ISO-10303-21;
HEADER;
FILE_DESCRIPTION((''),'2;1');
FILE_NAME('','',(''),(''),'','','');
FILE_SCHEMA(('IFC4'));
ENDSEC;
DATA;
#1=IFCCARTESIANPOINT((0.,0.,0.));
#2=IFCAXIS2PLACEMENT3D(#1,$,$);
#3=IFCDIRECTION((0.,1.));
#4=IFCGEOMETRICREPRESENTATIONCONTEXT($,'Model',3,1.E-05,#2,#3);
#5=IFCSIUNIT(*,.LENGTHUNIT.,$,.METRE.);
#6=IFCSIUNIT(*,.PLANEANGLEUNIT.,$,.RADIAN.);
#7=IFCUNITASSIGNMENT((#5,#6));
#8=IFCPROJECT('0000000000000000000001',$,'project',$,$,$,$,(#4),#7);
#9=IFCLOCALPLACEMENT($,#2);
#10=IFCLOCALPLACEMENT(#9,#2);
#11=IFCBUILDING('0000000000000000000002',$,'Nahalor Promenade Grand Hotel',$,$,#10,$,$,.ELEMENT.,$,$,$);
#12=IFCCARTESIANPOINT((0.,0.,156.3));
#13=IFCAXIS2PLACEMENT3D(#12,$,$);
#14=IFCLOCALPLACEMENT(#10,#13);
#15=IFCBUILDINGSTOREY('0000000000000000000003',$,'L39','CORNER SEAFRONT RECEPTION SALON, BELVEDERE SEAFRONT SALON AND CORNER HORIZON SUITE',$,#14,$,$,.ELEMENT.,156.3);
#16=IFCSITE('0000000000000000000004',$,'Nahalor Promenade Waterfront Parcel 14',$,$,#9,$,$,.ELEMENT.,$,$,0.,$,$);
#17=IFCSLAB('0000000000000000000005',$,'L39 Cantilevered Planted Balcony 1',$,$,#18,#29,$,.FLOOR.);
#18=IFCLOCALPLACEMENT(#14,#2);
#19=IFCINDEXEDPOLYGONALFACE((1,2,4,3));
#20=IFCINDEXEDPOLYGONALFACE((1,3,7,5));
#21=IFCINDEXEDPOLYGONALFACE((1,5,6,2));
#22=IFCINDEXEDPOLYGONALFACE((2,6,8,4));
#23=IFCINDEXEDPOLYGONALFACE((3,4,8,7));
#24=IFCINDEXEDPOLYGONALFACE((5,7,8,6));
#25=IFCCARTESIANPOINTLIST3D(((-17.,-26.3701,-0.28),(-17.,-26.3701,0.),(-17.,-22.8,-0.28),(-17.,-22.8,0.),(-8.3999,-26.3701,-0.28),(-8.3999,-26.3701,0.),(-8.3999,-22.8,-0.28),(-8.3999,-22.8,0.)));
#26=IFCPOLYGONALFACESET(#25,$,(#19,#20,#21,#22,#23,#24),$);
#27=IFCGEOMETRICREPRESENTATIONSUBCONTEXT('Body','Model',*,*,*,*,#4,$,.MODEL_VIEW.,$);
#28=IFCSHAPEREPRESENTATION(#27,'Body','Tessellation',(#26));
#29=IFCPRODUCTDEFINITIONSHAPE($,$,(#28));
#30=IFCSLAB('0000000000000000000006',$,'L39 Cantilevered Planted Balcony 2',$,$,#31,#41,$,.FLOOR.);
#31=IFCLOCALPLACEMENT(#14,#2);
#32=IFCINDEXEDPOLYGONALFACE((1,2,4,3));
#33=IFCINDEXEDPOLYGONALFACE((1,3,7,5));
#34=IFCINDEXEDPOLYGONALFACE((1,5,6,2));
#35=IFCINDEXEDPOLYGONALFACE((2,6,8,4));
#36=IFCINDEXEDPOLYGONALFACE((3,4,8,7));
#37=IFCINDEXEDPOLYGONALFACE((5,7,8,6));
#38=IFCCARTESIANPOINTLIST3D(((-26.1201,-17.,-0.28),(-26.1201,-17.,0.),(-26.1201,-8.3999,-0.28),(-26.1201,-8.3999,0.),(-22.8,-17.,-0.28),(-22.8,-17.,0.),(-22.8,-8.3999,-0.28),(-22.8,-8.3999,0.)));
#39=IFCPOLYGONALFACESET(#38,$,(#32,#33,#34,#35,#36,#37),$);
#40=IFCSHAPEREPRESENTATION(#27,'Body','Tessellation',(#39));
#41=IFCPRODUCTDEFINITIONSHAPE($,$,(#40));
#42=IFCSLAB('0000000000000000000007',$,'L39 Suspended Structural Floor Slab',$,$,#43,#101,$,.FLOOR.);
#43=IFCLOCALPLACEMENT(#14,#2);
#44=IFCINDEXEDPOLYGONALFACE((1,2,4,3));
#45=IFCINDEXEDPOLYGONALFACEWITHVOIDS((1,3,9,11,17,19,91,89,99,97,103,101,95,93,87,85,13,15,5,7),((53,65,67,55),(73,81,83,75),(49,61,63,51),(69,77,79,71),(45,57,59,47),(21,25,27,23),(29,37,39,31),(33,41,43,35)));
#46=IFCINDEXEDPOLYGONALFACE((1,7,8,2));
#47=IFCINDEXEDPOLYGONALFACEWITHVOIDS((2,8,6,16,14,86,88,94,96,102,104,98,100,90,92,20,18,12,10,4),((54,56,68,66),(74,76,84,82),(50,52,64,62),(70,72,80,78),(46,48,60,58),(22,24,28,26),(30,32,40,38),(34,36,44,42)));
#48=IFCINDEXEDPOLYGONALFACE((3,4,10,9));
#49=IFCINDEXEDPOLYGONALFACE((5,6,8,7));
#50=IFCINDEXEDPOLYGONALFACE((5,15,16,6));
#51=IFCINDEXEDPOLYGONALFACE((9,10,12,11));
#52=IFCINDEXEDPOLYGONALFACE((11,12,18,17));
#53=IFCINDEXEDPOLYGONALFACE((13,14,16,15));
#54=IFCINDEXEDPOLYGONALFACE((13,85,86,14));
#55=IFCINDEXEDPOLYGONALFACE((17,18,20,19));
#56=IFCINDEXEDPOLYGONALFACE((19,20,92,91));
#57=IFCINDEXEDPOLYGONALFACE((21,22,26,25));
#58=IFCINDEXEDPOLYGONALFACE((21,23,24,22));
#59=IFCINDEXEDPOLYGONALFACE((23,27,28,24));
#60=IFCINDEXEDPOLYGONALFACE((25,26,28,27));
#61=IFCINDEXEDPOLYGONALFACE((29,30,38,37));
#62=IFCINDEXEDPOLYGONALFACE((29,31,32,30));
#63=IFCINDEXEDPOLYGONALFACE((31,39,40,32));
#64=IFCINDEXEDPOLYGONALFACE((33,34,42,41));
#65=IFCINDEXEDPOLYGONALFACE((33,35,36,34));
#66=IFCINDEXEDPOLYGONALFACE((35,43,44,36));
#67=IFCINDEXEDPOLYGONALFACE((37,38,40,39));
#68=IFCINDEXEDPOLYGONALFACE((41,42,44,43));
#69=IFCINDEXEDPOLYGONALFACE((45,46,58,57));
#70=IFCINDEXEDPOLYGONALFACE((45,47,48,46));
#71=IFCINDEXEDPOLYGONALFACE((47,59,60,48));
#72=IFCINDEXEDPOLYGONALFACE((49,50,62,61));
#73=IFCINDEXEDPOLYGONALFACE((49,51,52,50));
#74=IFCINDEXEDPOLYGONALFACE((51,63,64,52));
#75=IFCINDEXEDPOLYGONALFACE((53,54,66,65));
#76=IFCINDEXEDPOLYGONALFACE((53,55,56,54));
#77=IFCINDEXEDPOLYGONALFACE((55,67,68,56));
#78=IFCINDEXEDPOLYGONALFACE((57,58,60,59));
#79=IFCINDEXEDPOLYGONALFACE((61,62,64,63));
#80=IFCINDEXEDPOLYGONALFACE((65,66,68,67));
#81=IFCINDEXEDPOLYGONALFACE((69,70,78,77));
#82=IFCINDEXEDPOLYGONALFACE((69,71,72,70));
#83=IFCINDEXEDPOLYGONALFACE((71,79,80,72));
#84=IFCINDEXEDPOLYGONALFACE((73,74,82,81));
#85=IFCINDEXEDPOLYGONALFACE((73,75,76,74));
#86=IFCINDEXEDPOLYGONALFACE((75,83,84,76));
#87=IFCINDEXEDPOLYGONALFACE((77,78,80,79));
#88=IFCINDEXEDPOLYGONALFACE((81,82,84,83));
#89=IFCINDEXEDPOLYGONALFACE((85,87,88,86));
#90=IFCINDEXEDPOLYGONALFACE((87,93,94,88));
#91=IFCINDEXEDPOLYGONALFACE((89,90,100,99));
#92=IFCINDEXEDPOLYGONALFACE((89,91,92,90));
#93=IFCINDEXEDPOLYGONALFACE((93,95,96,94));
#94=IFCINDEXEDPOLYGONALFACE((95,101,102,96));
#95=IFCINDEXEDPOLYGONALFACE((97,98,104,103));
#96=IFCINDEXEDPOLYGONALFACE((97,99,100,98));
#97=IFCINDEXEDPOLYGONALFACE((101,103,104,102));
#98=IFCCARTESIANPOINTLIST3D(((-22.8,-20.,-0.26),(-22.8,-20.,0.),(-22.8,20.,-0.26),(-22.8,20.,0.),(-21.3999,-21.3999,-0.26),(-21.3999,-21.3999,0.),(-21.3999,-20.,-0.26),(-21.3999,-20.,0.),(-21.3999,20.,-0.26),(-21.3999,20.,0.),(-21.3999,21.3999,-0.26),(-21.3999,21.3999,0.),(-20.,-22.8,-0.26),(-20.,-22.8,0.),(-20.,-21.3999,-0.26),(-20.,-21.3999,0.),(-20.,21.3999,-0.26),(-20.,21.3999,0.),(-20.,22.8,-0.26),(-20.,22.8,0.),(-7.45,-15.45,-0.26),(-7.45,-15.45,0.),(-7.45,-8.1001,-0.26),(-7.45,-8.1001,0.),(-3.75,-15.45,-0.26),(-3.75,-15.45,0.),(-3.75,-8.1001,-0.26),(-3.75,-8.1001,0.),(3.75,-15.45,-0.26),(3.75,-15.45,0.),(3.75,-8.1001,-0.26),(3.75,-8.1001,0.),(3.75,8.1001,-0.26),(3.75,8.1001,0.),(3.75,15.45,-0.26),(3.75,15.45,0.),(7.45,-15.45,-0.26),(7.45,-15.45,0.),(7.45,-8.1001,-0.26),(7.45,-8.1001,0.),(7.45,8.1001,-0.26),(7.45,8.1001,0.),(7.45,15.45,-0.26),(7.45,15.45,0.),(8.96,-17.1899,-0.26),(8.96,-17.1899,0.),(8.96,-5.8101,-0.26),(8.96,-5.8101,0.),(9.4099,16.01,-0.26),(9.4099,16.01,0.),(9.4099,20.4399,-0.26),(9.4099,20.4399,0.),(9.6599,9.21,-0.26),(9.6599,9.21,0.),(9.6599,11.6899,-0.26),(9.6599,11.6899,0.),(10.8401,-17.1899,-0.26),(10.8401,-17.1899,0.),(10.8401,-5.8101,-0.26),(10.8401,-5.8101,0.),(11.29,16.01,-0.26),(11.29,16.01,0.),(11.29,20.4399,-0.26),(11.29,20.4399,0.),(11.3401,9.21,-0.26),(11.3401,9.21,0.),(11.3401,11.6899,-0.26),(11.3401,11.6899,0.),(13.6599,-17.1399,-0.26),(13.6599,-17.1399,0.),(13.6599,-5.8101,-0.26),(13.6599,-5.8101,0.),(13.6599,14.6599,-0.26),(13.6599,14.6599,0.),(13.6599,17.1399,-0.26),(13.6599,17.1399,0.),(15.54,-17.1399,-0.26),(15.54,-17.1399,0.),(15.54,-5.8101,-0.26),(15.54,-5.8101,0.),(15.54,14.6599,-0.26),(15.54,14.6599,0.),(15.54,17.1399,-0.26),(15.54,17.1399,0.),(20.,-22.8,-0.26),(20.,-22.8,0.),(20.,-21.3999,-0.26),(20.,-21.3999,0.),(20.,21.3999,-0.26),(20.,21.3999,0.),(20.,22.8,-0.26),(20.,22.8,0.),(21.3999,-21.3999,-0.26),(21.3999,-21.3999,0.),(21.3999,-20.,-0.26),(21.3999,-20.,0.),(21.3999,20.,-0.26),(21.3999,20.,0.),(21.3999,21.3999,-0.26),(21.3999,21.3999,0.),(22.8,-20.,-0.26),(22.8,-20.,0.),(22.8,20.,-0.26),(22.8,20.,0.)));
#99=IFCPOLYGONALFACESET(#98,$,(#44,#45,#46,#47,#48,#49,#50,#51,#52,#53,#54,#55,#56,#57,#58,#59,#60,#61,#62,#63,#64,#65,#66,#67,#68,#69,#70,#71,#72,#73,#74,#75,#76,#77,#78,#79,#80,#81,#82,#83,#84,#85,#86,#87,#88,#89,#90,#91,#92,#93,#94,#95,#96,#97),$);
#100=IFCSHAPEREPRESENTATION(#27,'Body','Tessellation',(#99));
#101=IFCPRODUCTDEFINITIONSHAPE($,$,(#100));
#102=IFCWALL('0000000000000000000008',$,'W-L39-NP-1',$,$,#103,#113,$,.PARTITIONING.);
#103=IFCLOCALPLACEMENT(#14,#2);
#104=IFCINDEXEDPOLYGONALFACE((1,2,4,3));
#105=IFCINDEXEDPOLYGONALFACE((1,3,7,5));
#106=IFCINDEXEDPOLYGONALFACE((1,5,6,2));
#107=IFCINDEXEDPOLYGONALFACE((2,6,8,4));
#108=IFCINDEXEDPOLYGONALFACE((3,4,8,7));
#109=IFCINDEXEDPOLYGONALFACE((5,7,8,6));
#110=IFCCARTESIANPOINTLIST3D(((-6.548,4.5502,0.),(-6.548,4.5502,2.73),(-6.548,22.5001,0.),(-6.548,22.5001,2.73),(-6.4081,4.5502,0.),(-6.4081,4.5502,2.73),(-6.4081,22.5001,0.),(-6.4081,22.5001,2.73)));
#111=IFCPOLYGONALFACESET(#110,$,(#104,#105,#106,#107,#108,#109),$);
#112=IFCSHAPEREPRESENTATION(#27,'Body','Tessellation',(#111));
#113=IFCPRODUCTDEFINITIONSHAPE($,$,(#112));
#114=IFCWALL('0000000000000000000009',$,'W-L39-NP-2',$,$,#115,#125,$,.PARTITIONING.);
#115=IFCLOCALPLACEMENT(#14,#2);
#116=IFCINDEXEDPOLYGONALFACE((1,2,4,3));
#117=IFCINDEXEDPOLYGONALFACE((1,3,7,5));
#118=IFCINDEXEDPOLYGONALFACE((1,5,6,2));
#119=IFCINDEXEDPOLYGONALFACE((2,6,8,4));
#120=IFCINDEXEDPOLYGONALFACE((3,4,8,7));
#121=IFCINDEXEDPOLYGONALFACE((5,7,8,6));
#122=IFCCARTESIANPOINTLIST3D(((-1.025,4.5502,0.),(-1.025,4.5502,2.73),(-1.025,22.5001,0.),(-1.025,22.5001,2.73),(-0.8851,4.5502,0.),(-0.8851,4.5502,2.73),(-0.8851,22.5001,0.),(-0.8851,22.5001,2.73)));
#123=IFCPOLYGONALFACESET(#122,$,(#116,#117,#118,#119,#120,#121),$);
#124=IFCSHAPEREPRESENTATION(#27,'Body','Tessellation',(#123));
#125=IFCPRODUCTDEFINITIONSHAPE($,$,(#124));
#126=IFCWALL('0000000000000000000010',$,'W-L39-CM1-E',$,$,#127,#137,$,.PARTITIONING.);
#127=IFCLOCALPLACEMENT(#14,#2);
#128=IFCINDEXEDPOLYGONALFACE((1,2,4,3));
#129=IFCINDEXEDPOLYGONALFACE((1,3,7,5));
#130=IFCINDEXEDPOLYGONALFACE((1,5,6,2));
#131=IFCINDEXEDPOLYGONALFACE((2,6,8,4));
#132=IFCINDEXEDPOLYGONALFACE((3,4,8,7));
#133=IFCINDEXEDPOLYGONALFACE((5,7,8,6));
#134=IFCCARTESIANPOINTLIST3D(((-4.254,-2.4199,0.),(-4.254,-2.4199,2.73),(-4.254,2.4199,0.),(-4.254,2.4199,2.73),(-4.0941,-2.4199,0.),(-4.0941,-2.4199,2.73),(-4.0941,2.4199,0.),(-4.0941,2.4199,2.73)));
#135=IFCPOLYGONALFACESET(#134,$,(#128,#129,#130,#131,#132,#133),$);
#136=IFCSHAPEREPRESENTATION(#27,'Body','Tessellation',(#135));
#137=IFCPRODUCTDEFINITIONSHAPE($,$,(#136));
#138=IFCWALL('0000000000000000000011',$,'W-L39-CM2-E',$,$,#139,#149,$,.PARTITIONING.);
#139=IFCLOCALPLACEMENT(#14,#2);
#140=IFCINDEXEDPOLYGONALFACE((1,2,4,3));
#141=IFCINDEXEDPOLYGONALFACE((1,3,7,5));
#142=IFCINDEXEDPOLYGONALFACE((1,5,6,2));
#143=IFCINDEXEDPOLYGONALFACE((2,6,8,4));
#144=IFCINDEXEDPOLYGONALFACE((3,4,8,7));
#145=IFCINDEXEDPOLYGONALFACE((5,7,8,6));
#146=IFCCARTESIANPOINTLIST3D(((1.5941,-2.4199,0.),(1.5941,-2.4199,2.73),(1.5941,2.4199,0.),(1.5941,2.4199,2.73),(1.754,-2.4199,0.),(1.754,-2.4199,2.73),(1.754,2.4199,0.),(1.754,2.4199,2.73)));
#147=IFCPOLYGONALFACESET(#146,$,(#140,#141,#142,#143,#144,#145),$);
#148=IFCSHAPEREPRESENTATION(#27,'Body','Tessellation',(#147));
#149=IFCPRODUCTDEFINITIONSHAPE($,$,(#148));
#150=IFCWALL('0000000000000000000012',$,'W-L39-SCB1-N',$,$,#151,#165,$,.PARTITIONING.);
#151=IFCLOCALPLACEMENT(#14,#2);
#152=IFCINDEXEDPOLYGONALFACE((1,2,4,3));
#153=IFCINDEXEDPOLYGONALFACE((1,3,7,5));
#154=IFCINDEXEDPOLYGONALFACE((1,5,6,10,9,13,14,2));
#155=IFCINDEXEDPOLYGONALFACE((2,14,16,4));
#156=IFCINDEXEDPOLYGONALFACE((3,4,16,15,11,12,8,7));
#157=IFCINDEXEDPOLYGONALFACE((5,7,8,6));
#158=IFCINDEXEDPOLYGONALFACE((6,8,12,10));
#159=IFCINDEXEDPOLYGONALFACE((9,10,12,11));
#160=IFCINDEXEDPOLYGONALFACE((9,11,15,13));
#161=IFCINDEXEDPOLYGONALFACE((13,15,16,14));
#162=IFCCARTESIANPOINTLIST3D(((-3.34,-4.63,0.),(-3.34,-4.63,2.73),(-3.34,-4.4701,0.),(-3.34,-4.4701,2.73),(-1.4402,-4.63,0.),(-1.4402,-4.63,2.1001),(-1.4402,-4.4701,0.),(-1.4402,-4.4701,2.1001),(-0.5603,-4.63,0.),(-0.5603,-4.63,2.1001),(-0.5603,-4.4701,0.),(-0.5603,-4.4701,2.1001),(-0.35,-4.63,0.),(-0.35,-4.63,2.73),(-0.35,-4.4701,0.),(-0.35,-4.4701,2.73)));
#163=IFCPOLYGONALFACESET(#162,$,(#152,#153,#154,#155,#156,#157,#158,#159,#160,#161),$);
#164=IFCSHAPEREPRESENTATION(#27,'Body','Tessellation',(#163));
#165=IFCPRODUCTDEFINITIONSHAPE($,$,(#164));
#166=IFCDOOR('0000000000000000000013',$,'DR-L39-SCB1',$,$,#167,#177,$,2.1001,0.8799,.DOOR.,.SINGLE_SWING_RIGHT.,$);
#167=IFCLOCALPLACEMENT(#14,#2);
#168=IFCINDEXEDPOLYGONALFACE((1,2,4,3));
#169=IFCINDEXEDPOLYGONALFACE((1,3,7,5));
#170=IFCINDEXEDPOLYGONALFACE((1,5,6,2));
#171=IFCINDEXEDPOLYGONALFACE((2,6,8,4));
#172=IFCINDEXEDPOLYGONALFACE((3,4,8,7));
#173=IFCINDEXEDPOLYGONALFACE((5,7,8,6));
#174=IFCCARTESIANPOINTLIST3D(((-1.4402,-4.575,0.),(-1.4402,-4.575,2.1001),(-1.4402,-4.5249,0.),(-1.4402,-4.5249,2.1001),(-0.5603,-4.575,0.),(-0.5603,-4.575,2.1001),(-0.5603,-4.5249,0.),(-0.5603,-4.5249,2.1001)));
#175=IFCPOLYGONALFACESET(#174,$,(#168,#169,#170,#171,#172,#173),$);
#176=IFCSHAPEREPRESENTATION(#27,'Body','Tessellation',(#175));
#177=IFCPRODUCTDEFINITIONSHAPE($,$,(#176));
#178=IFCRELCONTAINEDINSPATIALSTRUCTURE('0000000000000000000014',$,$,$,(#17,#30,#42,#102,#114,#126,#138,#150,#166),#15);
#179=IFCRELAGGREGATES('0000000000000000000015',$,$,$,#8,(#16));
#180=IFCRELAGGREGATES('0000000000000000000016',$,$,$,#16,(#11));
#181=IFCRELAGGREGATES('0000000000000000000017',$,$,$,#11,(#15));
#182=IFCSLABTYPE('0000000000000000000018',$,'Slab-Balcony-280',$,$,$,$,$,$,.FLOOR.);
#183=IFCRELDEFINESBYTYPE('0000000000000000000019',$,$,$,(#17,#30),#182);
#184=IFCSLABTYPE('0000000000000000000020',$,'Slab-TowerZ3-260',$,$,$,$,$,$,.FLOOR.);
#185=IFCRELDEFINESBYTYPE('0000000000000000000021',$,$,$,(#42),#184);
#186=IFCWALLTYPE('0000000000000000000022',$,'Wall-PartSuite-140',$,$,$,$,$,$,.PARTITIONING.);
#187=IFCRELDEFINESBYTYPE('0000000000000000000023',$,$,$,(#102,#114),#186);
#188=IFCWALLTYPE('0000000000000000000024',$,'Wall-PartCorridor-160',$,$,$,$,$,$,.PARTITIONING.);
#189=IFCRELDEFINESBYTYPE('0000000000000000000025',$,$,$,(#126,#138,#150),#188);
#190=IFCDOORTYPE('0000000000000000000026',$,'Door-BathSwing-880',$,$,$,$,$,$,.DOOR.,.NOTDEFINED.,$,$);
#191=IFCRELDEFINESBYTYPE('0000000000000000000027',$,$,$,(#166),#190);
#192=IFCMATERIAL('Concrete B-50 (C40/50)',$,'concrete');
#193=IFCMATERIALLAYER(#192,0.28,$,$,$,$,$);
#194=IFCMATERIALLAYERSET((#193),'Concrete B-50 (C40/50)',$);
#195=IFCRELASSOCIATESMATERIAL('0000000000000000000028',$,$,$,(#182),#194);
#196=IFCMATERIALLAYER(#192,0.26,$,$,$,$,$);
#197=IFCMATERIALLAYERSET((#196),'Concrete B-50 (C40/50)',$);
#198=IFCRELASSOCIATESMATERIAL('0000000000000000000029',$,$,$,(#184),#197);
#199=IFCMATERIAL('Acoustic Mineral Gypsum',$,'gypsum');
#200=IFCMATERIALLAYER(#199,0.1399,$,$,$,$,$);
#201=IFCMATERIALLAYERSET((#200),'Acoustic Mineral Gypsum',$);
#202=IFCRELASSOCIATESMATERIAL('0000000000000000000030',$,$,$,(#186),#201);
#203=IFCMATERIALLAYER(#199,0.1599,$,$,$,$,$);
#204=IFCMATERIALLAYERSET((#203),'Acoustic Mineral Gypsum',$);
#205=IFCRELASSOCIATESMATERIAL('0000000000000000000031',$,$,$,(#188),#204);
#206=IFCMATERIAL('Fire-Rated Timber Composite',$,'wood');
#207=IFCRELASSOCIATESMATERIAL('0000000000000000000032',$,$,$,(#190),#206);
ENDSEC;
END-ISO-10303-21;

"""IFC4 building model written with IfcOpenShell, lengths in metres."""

from ifc_helpers import new_model, si_unit, direction, frame, frame_2d, origin, place, context, subcontext, project, spatial, polyline, rectangle, outline, extrude, source, transform, mapped, material, layer, layer_set, type_object, element, fill, save


model = new_model("IFC4")

# Units and contexts
model_context = context("Model", 3, precision=1e-05, world=origin(), true_north=direction((0.0, 1.0)))
body_context = subcontext(model_context, "Body", "Model", "MODEL_VIEW")
ifc_project = project(units=[si_unit("LENGTHUNIT", "METRE"), si_unit("PLANEANGLEUNIT", "RADIAN")], contexts=[model_context])

# Site, building, storey
site_placement = place(None, origin())
site = spatial("IfcSite", under=ifc_project, at=site_placement, Name="Nahalor Promenade Waterfront Parcel 14", CompositionType="ELEMENT", RefElevation=0.0)
building_placement = place(site_placement, origin())
building = spatial("IfcBuilding", under=site, at=building_placement, Name="Nahalor Promenade Grand Hotel", CompositionType="ELEMENT")
storey_placement = place(building_placement, frame((0.0, 0.0, 156.3)))
storey = spatial("IfcBuildingStorey", under=building, at=storey_placement, Name="L39", Description="CORNER SEAFRONT RECEPTION SALON, BELVEDERE SEAFRONT SALON AND CORNER HORIZON SUITE", CompositionType="ELEMENT", Elevation=156.3)

# Shared definitions
ifc_material_1 = material(Name="Concrete B-50 (C40/50)", Category="concrete")

# Slabs
ifc_layer_1 = layer(ifc_material_1, 0.28)
ifc_layer_set_1 = layer_set([ifc_layer_1], Name="Concrete B-50 (C40/50)")
slab_type_1 = type_object("IfcSlabType", Name="Slab-Balcony-280", PredefinedType="FLOOR", material=ifc_layer_set_1)
slab_1_placement = place(storey_placement, frame((0.0, 0.0, -0.28)))
element("IfcSlab", 1, at=slab_1_placement, inside=storey, type_object=slab_type_1, Name="L39 Cantilevered Planted Balcony 1", PredefinedType="FLOOR", context=body_context, shape_type="SweptSolid", body=[
    extrude(outline(polyline([(-17.0, -26.3701), (-8.3999, -26.3701), (-8.3999, -22.8), (-17.0, -22.8), (-17.0, -26.3701)])), origin(), (0.0, 0.0, 1.0), 0.28),
])
slab_2_placement = place(storey_placement, frame((0.0, 0.0, -0.28)))
element("IfcSlab", 2, at=slab_2_placement, inside=storey, type_object=slab_type_1, Name="L39 Cantilevered Planted Balcony 2", PredefinedType="FLOOR", context=body_context, shape_type="SweptSolid", body=[
    extrude(outline(polyline([(-26.1201, -17.0), (-22.8, -17.0), (-22.8, -8.3999), (-26.1201, -8.3999), (-26.1201, -17.0)])), origin(), (0.0, 0.0, 1.0), 0.28),
])
ifc_layer_2 = layer(ifc_material_1, 0.26)
ifc_layer_set_2 = layer_set([ifc_layer_2], Name="Concrete B-50 (C40/50)")
slab_type_2 = type_object("IfcSlabType", Name="Slab-TowerZ3-260", PredefinedType="FLOOR", material=ifc_layer_set_2)
slab_3_placement = place(storey_placement, frame((0.0, 0.0, -0.26)))
element("IfcSlab", 3, at=slab_3_placement, inside=storey, type_object=slab_type_2, Name="L39 Suspended Structural Floor Slab", PredefinedType="FLOOR", context=body_context, shape_type="SweptSolid", body=[
    extrude(outline(polyline([(-20.0, -22.8), (20.0, -22.8), (20.0, -21.3999), (21.3999, -21.3999), (21.3999, -20.0), (22.8, -20.0), (22.8, 20.0), (21.3999, 20.0), (21.3999, 21.3999), (20.0, 21.3999), (20.0, 22.8), (-20.0, 22.8), (-20.0, 21.3999), (-21.3999, 21.3999), (-21.3999, 20.0), (-22.8, 20.0), (-22.8, -20.0), (-21.3999, -20.0), (-21.3999, -21.3999), (-20.0, -21.3999), (-20.0, -22.8)]), holes=[polyline([(3.75, 8.1001), (7.45, 8.1001), (7.45, 15.45), (3.75, 15.45), (3.75, 8.1001)]), polyline([(3.75, -15.45), (7.45, -15.45), (7.45, -8.1001), (3.75, -8.1001), (3.75, -15.45)]), polyline([(-7.45, -15.45), (-3.75, -15.45), (-3.75, -8.1001), (-7.45, -8.1001), (-7.45, -15.45)]), polyline([(13.6599, -17.1399), (15.54, -17.1399), (15.54, -5.8101), (13.6599, -5.8101), (13.6599, -17.1399)]), polyline([(8.96, -17.1899), (10.8401, -17.1899), (10.8401, -5.8101), (8.96, -5.8101), (8.96, -17.1899)]), polyline([(9.4099, 16.01), (11.29, 16.01), (11.29, 20.4399), (9.4099, 20.4399), (9.4099, 16.01)]), polyline([(9.6599, 9.21), (11.3401, 9.21), (11.3401, 11.6899), (9.6599, 11.6899), (9.6599, 9.21)]), polyline([(13.6599, 14.6599), (15.54, 14.6599), (15.54, 17.1399), (13.6599, 17.1399), (13.6599, 14.6599)])]), origin(), (0.0, 0.0, 1.0), 0.26),
])

# Walls
ifc_material_2 = material(Name="Acoustic Mineral Gypsum", Category="gypsum")
ifc_layer_3 = layer(ifc_material_2, 0.1399)
ifc_layer_set_3 = layer_set([ifc_layer_3], Name="Acoustic Mineral Gypsum")
wall_type_1 = type_object("IfcWallType", Name="Wall-PartSuite-140", PredefinedType="PARTITIONING", material=ifc_layer_set_3)
shared_shape_1 = source(origin(), body_context, "Body", "SweptSolid", [
    extrude(rectangle(XDim=17.95, YDim=0.1399, at=frame_2d((8.9751, 0.0))), origin(), (0.0, 0.0, 1.0), 2.73),
])
for number, where, z_axis, x_axis, name in (
    (4, (-6.478, 4.55, 0.0), (0.0, 0.0, 1.0), (0.0, 1.0, 0.0), "W-L39-NP-1"),
    (5, (-0.9551, 4.55, 0.0), (0.0, 0.0, 1.0), (0.0, 1.0, 0.0), "W-L39-NP-2"),
):
    element("IfcWall", number, at=place(storey_placement, frame(where, z_axis=z_axis, x_axis=x_axis)), inside=storey, type_object=wall_type_1, Name=name, PredefinedType="PARTITIONING", context=body_context, shape_type="MappedRepresentation", body=[
        mapped(shared_shape_1, transform((0.0, 0.0, 0.0), scale=1.0)),
    ])
ifc_layer_4 = layer(ifc_material_2, 0.1599)
ifc_layer_set_4 = layer_set([ifc_layer_4], Name="Acoustic Mineral Gypsum")
wall_type_2 = type_object("IfcWallType", Name="Wall-PartCorridor-160", PredefinedType="PARTITIONING", material=ifc_layer_set_4)
shared_shape_2 = source(origin(), body_context, "Body", "SweptSolid", [
    extrude(rectangle(XDim=4.8398, YDim=0.1599, at=frame_2d((2.4199, 0.0))), origin(), (0.0, 0.0, 1.0), 2.73),
])
for number, where, z_axis, x_axis, name in (
    (6, (-4.1741, -2.4199, 0.0), (0.0, 0.0, 1.0), (0.0, 1.0, 0.0), "W-L39-CM1-E"),
    (7, (1.6741, -2.4199, 0.0), (0.0, 0.0, 1.0), (0.0, 1.0, 0.0), "W-L39-CM2-E"),
):
    element("IfcWall", number, at=place(storey_placement, frame(where, z_axis=z_axis, x_axis=x_axis)), inside=storey, type_object=wall_type_2, Name=name, PredefinedType="PARTITIONING", context=body_context, shape_type="MappedRepresentation", body=[
        mapped(shared_shape_2, transform((0.0, 0.0, 0.0), scale=1.0)),
    ])

# Wall, opening, door
shared_shape_3 = source(origin(), body_context, "Body", "SweptSolid", [
    extrude(rectangle(XDim=2.99, YDim=0.1599, at=frame_2d((1.4951, 0.0))), origin(), (0.0, 0.0, 1.0), 2.73),
])
wall_1_placement = place(storey_placement, frame((-3.3401, -4.55, 0.0), z_axis=(0.0, 0.0, 1.0), x_axis=(1.0, 0.0, 0.0)))
wall_1 = element("IfcWall", 8, at=wall_1_placement, inside=storey, type_object=wall_type_2, Name="W-L39-SCB1-N", PredefinedType="PARTITIONING", context=body_context, shape_type="MappedRepresentation", body=[
    mapped(shared_shape_3, transform((0.0, 0.0, 0.0), scale=1.0)),
])
opening_1_placement = place(wall_1_placement, frame((1.8999, 0.0, 0.0)))
opening_1 = element("IfcOpeningElement", 9, at=opening_1_placement, cuts=wall_1, PredefinedType="OPENING", context=body_context, shape_type="SweptSolid", body=[
    extrude(rectangle(XDim=0.8799, YDim=2.1001, at=frame_2d((0.4399, 1.05))), frame((0.0, 0.0898, 0.0), z_axis=(0.0, -1.0, 0.0), x_axis=(1.0, 0.0, 0.0)), (0.0, 0.0, 1.0), 0.1799),
])
ifc_material_3 = material(Name="Fire-Rated Timber Composite", Category="wood")
door_type_1 = type_object("IfcDoorType", Name="Door-BathSwing-880", OperationType="NOTDEFINED", PredefinedType="DOOR", material=ifc_material_3)
shared_shape_4 = source(origin(), body_context, "Body", "SweptSolid", [
    extrude(rectangle(XDim=0.8799, YDim=2.1001, at=frame_2d((0.4399, 1.05))), frame((0.0, 0.0249, 0.0), z_axis=(0.0, -1.0, 0.0), x_axis=(1.0, 0.0, 0.0)), (0.0, 0.0, 1.0), 0.05),
])
door_1_placement = place(opening_1_placement, frame((0.8799, 0.0, 0.0), z_axis=(0.0, 0.0, 1.0), x_axis=(-1.0, 0.0, 0.0)))
door_1 = element("IfcDoor", 10, at=door_1_placement, inside=storey, type_object=door_type_1, Name="DR-L39-SCB1", OperationType="SINGLE_SWING_RIGHT", OverallHeight=2.1001, OverallWidth=0.8799, PredefinedType="DOOR", context=body_context, shape_type="MappedRepresentation", body=[
    mapped(shared_shape_4, transform((0.0, 0.0, 0.0), scale=1.0)),
])
fill(opening_1, door_1)

save(model, "model.ifc")
